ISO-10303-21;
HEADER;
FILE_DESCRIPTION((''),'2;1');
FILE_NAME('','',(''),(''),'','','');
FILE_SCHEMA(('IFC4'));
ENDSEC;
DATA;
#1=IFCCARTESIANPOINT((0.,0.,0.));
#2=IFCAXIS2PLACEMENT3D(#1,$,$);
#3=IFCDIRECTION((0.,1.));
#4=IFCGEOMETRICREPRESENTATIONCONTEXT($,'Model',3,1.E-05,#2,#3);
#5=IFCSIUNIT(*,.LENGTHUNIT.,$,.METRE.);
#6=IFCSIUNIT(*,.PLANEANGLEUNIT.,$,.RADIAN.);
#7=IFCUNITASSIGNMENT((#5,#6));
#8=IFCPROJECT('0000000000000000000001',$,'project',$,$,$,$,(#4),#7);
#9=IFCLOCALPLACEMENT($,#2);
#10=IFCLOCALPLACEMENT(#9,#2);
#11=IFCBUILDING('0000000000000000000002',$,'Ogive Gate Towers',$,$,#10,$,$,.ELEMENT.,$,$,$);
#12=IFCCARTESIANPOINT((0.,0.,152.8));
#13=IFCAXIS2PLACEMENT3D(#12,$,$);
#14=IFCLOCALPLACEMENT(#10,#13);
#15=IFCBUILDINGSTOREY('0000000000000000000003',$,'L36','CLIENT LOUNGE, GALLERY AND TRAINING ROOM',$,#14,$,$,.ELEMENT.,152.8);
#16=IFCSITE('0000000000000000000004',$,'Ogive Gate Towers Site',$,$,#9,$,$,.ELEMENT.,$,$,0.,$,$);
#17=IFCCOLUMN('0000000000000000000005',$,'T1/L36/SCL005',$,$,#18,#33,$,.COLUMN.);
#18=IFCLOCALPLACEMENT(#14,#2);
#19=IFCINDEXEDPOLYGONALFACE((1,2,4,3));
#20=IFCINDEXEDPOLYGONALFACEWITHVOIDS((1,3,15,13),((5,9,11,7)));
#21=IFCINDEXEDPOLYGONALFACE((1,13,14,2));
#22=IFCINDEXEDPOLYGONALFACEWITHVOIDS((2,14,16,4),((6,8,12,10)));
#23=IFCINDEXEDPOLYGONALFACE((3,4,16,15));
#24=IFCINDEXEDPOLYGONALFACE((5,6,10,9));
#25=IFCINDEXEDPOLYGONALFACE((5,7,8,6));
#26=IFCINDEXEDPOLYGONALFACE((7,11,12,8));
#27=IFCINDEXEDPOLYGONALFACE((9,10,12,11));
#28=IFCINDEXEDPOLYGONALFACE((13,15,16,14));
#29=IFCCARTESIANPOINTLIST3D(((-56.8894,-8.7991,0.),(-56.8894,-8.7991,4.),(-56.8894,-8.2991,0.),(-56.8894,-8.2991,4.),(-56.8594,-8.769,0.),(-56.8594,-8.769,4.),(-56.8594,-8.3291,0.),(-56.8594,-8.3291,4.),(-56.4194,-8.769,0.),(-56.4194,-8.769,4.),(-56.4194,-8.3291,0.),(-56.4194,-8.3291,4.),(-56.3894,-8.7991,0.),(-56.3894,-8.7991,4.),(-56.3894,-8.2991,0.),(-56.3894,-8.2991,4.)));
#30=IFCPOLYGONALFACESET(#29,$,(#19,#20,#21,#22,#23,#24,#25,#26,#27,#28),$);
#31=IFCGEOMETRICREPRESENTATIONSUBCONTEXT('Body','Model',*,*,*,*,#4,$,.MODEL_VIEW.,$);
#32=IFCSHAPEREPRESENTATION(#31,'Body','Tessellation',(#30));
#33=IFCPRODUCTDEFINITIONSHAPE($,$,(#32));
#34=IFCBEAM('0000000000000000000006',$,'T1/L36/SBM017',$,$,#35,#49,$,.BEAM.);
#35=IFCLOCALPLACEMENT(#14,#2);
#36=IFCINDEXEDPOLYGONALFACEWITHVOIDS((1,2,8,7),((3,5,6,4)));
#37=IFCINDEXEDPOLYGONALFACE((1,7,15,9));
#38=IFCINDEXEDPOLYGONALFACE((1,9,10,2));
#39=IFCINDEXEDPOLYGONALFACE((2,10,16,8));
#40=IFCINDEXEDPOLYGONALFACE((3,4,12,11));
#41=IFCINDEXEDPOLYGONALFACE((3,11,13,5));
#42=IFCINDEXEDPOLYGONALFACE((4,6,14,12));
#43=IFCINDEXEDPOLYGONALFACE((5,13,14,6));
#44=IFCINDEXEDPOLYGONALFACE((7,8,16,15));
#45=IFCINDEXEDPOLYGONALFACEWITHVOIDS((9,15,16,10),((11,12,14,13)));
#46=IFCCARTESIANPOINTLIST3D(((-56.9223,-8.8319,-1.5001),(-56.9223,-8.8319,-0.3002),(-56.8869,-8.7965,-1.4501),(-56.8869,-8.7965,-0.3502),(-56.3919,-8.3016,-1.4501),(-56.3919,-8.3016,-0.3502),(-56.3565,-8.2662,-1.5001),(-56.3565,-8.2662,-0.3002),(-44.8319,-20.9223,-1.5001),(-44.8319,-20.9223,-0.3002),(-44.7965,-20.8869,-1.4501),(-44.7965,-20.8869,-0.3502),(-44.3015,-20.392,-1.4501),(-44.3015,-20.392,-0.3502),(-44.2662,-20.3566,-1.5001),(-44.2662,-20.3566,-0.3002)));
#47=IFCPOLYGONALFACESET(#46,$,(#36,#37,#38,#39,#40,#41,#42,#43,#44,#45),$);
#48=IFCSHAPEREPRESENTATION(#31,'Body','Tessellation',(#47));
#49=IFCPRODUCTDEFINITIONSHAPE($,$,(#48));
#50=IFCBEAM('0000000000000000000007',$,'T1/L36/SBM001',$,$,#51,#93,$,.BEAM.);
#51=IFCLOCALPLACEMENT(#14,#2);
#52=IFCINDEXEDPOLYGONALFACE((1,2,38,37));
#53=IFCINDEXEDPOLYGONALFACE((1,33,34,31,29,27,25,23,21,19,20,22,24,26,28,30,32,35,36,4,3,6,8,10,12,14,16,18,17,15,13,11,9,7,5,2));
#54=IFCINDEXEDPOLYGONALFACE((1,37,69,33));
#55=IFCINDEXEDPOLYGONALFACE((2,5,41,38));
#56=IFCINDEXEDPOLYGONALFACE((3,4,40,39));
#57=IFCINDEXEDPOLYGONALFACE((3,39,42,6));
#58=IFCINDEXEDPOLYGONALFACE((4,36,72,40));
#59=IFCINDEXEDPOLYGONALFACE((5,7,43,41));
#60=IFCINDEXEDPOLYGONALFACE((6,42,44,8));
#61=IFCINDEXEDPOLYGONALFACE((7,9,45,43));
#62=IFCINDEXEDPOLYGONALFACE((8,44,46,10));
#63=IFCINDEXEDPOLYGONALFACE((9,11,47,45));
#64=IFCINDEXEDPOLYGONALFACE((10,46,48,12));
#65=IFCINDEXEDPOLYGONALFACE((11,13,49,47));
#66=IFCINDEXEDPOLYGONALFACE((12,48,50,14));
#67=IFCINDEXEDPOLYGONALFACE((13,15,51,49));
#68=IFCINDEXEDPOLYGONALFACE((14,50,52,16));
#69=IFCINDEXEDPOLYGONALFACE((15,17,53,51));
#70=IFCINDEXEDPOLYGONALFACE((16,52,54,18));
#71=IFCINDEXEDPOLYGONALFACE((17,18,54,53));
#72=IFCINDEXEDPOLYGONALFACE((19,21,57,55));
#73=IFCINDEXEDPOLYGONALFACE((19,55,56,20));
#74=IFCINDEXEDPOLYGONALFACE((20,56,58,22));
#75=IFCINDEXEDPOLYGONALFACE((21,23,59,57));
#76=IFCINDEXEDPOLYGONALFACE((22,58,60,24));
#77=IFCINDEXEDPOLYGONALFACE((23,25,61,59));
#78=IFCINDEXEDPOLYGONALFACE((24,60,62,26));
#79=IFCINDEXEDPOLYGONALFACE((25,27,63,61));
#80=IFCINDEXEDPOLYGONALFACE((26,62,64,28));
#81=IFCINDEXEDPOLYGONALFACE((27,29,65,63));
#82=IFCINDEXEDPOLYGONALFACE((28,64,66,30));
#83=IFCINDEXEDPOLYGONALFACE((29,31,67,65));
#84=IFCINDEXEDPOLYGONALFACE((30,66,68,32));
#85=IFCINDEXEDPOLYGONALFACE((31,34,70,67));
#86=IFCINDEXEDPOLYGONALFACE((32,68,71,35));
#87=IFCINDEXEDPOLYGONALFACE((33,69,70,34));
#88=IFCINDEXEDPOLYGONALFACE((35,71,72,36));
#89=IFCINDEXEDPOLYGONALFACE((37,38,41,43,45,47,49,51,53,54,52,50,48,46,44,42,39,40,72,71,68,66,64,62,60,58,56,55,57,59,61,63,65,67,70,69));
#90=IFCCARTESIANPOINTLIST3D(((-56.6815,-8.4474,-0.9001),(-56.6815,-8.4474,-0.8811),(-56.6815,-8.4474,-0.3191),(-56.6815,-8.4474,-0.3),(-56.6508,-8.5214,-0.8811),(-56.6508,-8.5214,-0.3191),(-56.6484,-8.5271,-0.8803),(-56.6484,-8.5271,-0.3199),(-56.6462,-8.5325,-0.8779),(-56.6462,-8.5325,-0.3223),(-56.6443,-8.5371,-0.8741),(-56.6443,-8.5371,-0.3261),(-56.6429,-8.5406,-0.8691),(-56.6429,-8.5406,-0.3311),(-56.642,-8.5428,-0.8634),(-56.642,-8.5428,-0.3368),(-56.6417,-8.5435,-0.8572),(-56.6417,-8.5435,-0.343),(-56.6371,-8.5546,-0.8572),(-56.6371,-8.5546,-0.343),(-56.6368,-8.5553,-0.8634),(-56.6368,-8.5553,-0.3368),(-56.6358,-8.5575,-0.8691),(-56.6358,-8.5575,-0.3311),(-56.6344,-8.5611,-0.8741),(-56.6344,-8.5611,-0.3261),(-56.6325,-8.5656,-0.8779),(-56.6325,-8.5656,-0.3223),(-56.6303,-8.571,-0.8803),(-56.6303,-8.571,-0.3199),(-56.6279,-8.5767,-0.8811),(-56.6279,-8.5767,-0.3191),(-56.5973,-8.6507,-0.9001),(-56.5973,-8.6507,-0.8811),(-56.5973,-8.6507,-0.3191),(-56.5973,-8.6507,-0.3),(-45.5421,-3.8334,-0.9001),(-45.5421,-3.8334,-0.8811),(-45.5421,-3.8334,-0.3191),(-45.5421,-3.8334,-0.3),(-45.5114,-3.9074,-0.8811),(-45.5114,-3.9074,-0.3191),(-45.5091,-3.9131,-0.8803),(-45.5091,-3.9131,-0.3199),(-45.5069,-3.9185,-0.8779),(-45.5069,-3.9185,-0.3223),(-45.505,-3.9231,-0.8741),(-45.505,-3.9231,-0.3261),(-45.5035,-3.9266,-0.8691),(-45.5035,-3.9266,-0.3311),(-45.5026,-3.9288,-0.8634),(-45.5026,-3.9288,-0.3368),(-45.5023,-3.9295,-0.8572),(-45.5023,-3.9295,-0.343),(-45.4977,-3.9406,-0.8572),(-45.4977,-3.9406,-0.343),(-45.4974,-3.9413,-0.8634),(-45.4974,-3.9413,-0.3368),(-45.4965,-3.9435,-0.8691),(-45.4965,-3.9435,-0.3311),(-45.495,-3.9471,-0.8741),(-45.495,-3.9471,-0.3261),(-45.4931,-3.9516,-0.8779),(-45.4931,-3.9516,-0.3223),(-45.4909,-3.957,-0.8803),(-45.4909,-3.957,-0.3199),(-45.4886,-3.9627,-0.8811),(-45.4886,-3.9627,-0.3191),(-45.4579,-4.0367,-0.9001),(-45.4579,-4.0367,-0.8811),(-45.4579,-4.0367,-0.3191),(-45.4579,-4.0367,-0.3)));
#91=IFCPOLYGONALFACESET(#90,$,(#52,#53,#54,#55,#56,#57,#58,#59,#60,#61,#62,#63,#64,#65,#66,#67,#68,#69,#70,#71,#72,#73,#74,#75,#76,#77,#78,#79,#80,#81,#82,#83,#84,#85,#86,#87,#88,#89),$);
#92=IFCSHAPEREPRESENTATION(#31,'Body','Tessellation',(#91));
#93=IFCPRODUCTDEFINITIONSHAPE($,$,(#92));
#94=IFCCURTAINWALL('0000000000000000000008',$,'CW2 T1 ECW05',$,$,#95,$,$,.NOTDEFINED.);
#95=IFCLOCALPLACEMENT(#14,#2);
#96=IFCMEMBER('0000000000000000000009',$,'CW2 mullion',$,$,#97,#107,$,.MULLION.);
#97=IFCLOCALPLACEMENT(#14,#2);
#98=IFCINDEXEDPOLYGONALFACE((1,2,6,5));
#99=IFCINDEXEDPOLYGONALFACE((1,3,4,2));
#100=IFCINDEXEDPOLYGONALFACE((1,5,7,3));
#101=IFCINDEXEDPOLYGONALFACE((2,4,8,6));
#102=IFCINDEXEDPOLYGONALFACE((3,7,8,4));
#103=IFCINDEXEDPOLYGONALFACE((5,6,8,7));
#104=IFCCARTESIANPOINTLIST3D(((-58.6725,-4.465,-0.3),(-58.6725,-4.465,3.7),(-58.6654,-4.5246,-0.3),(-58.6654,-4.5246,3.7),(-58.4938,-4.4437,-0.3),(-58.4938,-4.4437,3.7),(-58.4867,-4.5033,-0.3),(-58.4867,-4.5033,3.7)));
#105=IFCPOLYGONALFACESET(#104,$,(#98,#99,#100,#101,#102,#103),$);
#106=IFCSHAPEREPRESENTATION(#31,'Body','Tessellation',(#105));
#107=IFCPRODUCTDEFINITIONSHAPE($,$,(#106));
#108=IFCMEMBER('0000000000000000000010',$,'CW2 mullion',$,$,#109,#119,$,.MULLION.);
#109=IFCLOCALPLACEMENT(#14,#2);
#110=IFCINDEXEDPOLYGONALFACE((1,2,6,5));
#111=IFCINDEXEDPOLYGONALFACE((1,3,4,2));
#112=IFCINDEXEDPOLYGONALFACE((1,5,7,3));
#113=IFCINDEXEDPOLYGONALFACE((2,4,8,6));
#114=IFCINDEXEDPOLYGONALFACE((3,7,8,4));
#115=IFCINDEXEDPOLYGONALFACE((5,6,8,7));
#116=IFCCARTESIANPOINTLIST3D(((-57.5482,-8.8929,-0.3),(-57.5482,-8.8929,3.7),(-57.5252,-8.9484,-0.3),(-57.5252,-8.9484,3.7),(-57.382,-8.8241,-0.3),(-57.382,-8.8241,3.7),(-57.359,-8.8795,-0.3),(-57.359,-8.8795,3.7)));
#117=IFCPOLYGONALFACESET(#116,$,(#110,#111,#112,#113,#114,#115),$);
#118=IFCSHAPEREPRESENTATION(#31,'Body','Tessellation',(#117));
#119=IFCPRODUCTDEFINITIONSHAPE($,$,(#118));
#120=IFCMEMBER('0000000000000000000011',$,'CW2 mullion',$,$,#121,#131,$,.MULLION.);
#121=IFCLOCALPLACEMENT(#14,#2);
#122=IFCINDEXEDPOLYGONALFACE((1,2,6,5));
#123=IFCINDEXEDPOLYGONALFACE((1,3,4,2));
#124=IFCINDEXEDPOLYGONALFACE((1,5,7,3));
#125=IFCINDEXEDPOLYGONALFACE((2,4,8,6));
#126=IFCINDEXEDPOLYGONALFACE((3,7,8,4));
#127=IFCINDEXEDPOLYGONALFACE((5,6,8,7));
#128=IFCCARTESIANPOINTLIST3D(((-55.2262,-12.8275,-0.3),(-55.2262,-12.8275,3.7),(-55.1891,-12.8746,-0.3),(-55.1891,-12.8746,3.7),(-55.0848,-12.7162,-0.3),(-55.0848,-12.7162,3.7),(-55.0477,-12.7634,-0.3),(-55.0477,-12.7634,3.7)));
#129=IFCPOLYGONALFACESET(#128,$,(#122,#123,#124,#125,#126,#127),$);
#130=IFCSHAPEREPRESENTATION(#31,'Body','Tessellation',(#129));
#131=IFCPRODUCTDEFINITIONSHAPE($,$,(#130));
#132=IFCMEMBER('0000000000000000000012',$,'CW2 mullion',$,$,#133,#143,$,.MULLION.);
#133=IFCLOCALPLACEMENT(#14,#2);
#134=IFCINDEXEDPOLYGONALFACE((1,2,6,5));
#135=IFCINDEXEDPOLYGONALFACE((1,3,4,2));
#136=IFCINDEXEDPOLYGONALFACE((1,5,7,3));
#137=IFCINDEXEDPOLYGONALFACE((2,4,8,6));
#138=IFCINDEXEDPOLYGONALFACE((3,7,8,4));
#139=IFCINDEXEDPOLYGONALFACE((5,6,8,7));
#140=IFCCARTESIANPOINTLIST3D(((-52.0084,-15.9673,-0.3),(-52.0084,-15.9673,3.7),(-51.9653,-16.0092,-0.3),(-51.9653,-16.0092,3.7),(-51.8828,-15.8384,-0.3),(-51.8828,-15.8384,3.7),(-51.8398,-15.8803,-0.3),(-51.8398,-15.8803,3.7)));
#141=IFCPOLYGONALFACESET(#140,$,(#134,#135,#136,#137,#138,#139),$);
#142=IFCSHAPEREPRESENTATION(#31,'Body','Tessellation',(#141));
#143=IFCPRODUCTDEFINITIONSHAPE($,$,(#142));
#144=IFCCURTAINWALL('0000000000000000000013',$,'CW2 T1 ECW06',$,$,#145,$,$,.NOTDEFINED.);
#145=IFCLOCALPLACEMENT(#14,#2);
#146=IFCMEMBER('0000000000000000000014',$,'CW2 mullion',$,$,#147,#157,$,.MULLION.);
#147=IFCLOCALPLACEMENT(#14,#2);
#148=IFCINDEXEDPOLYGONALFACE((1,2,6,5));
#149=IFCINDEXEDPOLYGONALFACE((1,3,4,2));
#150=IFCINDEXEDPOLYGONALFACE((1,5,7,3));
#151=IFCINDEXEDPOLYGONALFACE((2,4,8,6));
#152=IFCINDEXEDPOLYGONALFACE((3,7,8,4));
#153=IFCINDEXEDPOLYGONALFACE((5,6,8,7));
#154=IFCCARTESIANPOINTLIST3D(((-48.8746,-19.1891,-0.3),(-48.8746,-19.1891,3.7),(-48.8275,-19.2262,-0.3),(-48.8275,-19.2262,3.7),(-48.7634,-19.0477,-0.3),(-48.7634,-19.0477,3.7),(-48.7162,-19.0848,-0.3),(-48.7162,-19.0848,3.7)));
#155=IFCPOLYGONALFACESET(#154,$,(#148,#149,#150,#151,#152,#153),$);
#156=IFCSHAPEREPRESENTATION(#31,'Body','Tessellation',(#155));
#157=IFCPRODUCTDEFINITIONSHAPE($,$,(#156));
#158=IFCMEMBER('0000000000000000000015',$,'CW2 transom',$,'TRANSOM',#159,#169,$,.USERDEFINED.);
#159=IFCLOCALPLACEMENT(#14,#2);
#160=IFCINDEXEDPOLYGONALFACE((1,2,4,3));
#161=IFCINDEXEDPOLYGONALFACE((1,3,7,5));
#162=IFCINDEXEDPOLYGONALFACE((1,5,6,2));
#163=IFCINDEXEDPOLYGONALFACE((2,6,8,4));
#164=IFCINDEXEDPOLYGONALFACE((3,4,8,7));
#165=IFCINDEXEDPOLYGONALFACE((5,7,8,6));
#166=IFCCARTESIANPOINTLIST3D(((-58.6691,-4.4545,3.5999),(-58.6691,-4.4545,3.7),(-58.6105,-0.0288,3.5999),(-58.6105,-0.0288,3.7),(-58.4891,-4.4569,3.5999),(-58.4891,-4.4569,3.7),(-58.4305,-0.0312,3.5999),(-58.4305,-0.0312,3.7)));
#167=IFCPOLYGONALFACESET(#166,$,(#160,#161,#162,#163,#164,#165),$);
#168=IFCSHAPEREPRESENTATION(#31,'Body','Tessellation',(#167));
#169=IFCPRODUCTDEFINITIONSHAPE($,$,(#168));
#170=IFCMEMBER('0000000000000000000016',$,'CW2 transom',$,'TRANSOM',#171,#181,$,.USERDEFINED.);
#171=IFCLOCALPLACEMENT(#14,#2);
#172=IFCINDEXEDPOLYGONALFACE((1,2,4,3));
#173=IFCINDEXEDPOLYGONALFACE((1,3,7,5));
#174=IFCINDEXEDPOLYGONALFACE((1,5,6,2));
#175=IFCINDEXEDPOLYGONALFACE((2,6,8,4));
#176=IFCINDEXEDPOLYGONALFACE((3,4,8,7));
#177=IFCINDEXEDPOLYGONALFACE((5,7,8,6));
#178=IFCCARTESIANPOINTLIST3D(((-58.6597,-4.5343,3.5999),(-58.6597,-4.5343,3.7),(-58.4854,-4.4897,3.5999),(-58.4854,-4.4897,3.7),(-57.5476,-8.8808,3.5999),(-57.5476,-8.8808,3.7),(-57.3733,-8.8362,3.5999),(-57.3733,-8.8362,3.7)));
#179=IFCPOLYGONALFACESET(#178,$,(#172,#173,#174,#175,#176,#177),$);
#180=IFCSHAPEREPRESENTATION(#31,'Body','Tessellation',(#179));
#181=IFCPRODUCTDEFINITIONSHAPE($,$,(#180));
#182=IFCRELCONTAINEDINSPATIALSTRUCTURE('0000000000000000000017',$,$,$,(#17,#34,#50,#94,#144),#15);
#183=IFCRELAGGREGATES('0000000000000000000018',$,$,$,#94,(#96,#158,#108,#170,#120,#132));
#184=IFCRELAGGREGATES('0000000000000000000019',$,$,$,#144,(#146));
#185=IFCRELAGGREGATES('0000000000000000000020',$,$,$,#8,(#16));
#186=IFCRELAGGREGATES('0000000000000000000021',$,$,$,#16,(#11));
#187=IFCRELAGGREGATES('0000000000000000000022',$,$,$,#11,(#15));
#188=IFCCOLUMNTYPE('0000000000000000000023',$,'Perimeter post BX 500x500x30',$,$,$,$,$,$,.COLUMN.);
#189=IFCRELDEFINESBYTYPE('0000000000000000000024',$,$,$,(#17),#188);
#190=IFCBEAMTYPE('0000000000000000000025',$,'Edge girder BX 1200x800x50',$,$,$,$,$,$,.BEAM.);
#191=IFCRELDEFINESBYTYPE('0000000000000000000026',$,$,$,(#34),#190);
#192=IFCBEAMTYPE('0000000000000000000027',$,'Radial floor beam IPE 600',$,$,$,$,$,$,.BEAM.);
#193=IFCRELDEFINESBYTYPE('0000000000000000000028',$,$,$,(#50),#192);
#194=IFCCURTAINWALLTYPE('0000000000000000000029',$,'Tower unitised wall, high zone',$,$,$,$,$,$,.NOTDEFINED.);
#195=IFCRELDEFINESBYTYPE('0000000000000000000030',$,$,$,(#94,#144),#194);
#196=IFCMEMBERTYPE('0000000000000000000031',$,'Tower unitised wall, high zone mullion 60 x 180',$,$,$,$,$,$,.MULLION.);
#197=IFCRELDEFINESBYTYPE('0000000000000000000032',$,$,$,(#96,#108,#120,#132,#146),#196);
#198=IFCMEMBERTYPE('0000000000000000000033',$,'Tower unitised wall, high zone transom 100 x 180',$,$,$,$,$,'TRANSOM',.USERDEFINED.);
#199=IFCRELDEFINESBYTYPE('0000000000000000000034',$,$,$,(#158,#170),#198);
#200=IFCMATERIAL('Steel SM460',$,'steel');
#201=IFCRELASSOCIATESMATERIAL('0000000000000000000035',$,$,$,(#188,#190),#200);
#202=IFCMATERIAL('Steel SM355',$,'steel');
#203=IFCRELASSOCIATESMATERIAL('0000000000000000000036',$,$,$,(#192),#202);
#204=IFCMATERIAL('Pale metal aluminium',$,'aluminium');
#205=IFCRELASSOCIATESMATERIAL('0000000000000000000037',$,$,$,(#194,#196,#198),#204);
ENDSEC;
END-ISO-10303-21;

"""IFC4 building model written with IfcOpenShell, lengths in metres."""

from ifc_helpers import new_model, si_unit, direction, frame, origin, origin_2d, place, context, subcontext, project, spatial, rectangle, hollow_rectangle, i_section, extrude, material, material_profile, profile_set, type_object, element, aggregate, save


model = new_model("IFC4")

# Units and contexts
model_context = context("Model", 3, precision=1e-05, world=origin(), true_north=direction((0.0, 1.0)))
body_context = subcontext(model_context, "Body", "Model", "MODEL_VIEW")
ifc_project = project(units=[si_unit("LENGTHUNIT", "METRE"), si_unit("PLANEANGLEUNIT", "RADIAN")], contexts=[model_context])

# Site, building, storey
site_placement = place(None, origin())
site = spatial("IfcSite", under=ifc_project, at=site_placement, Name="Ogive Gate Towers Site", CompositionType="ELEMENT", RefElevation=0.0)
building_placement = place(site_placement, origin())
building = spatial("IfcBuilding", under=site, at=building_placement, Name="Ogive Gate Towers", CompositionType="ELEMENT")
storey_placement = place(building_placement, frame((0.0, 0.0, 152.8)))
storey = spatial("IfcBuildingStorey", under=building, at=storey_placement, Name="L36", Description="CLIENT LOUNGE, GALLERY AND TRAINING ROOM", CompositionType="ELEMENT", Elevation=152.8)

# Column
ifc_material_1 = material(Name="Steel SM460", Category="steel")
ifc_material_profile_1 = material_profile(ifc_material_1, hollow_rectangle(XDim=0.5, YDim=0.5, WallThickness=0.03, at=origin_2d()), Name="BX 500x500x30")
ifc_profile_set_1 = profile_set([ifc_material_profile_1], Name="Steel SM460")
column_type = type_object("IfcColumnType", Name="Perimeter post BX 500x500x30", PredefinedType="COLUMN", material=ifc_profile_set_1)
column_placement = place(storey_placement, frame((-56.6394, -8.5491, 0.0), z_axis=(0.0, 0.0, 1.0), x_axis=(1.0, 0.0, 0.0)))
element("IfcColumn", 1, at=column_placement, inside=storey, type_object=column_type, Name="T1/L36/SCL005", PredefinedType="COLUMN", context=body_context, shape_type="SweptSolid", body=[
    extrude(hollow_rectangle(XDim=0.5, YDim=0.5, WallThickness=0.03, at=origin_2d()), origin(), (0.0, 0.0, 1.0), 4.0),
])

# Beams
ifc_material_profile_2 = material_profile(ifc_material_1, hollow_rectangle(XDim=0.8, YDim=1.2, WallThickness=0.05, at=origin_2d()), Name="BX 1200x800x50")
ifc_profile_set_2 = profile_set([ifc_material_profile_2], Name="Steel SM460")
beam_type_1 = type_object("IfcBeamType", Name="Edge girder BX 1200x800x50", PredefinedType="BEAM", material=ifc_profile_set_2)
beam_1_placement = place(storey_placement, frame((-56.6394, -8.5491, -0.9001), z_axis=(0.707107, -0.707107, 0.0), x_axis=(0.707107, 0.707107, 0.0)))
element("IfcBeam", 2, at=beam_1_placement, inside=storey, type_object=beam_type_1, Name="T1/L36/SBM017", PredefinedType="BEAM", context=body_context, shape_type="SweptSolid", body=[
    extrude(hollow_rectangle(XDim=0.8, YDim=1.2, WallThickness=0.05, at=origin_2d()), origin(), (0.0, 0.0, 1.0), 17.0984),
])
ifc_material_2 = material(Name="Steel SM355", Category="steel")
ifc_material_profile_3 = material_profile(ifc_material_2, i_section(OverallWidth=0.22, OverallDepth=0.6001, WebThickness=0.012, FlangeThickness=0.019, FilletRadius=0.0239, at=origin_2d()), Name="IPE 600")
ifc_profile_set_3 = profile_set([ifc_material_profile_3], Name="Steel SM355")
beam_type_2 = type_object("IfcBeamType", Name="Radial floor beam IPE 600", PredefinedType="BEAM", material=ifc_profile_set_3)
beam_2_placement = place(storey_placement, frame((-45.5, -3.9351, -0.6001), z_axis=(-0.923882, -0.382678, 0.0), x_axis=(0.382678, -0.923882, 0.0)))
element("IfcBeam", 3, at=beam_2_placement, inside=storey, type_object=beam_type_2, Name="T1/L36/SBM001", PredefinedType="BEAM", context=body_context, shape_type="SweptSolid", body=[
    extrude(i_section(OverallWidth=0.22, OverallDepth=0.6001, WebThickness=0.012, FlangeThickness=0.019, FilletRadius=0.0239, at=origin_2d()), origin(), (0.0, 0.0, 1.0), 12.0571),
])

# Curtain wall, members
ifc_material_3 = material(Name="Pale metal aluminium", Category="aluminium")
curtain_wall_type = type_object("IfcCurtainWallType", Name="Tower unitised wall, high zone", PredefinedType="NOTDEFINED", material=ifc_material_3)
curtain_wall_1_placement = place(storey_placement, origin())
curtain_wall_1 = element("IfcCurtainWall", 4, at=curtain_wall_1_placement, inside=storey, type_object=curtain_wall_type, Name="CW2 T1 ECW05", PredefinedType="NOTDEFINED")
ifc_material_profile_4 = material_profile(ifc_material_3, rectangle(XDim=0.1799, YDim=0.0601, at=origin_2d()), Name="60 x 180 aluminium box")
ifc_profile_set_4 = profile_set([ifc_material_profile_4], Name="Pale metal aluminium")
member_type_1 = type_object("IfcMemberType", Name="Tower unitised wall, high zone mullion 60 x 180", PredefinedType="MULLION", material=ifc_profile_set_4)
member_1_placement = place(storey_placement, frame((-58.5796, -4.4841, -0.3), z_axis=(0.0, 0.0, 1.0), x_axis=(-0.992976, -0.118317, 0.0)))
member_1 = element("IfcMember", 5, at=member_1_placement, type_object=member_type_1, Name="CW2 mullion", PredefinedType="MULLION", context=body_context, shape_type="SweptSolid", body=[
    extrude(rectangle(XDim=0.1799, YDim=0.0601, at=origin_2d()), origin(), (0.0, 0.0, 1.0), 4.0),
])
member_2_placement = place(storey_placement, frame((-57.4536, -8.8862, -0.3), z_axis=(0.0, 0.0, 1.0), x_axis=(-0.92388, -0.382683, 0.0)))
member_2 = element("IfcMember", 6, at=member_2_placement, type_object=member_type_1, Name="CW2 mullion", PredefinedType="MULLION", context=body_context, shape_type="SweptSolid", body=[
    extrude(rectangle(XDim=0.1799, YDim=0.0601, at=origin_2d()), origin(), (0.0, 0.0, 1.0), 4.0),
])
member_3_placement = place(storey_placement, frame((-55.137, -12.7954, -0.3), z_axis=(0.0, 0.0, 1.0), x_axis=(-0.785803, -0.618477, 0.0)))
member_3 = element("IfcMember", 7, at=member_3_placement, type_object=member_type_1, Name="CW2 mullion", PredefinedType="MULLION", context=body_context, shape_type="SweptSolid", body=[
    extrude(rectangle(XDim=0.1799, YDim=0.0601, at=origin_2d()), origin(), (0.0, 0.0, 1.0), 4.0),
])
member_4_placement = place(storey_placement, frame((-51.9241, -15.9238, -0.3), z_axis=(0.0, 0.0, 1.0), x_axis=(-0.697653, -0.716436, 0.0)))
member_4 = element("IfcMember", 8, at=member_4_placement, type_object=member_type_1, Name="CW2 mullion", PredefinedType="MULLION", context=body_context, shape_type="SweptSolid", body=[
    extrude(rectangle(XDim=0.1799, YDim=0.0601, at=origin_2d()), origin(), (0.0, 0.0, 1.0), 4.0),
])

# Curtain wall, member
curtain_wall_2_placement = place(storey_placement, origin())
curtain_wall_2 = element("IfcCurtainWall", 9, at=curtain_wall_2_placement, inside=storey, type_object=curtain_wall_type, Name="CW2 T1 ECW06", PredefinedType="NOTDEFINED")
member_5_placement = place(storey_placement, frame((-48.7954, -19.137, -0.3), z_axis=(0.0, 0.0, 1.0), x_axis=(-0.618477, -0.785803, 0.0)))
member_5 = element("IfcMember", 10, at=member_5_placement, type_object=member_type_1, Name="CW2 mullion", PredefinedType="MULLION", context=body_context, shape_type="SweptSolid", body=[
    extrude(rectangle(XDim=0.1799, YDim=0.0601, at=origin_2d()), origin(), (0.0, 0.0, 1.0), 4.0),
])

# Members
ifc_material_profile_5 = material_profile(ifc_material_3, rectangle(XDim=0.1799, YDim=0.1001, at=origin_2d()), Name="100 x 180 aluminium box")
ifc_profile_set_5 = profile_set([ifc_material_profile_5], Name="Pale metal aluminium")
member_type_2 = type_object("IfcMemberType", Name="Tower unitised wall, high zone transom 100 x 180", ElementType="TRANSOM", PredefinedType="USERDEFINED", material=ifc_profile_set_5)
member_6_placement = place(storey_placement, frame((-58.5205, -0.03, 3.6499), z_axis=(-0.013239, -0.999912, 0.0), x_axis=(0.999912, -0.013239, 0.0)))
member_6 = element("IfcMember", 11, at=member_6_placement, type_object=member_type_2, Name="CW2 transom", ObjectType="TRANSOM", PredefinedType="USERDEFINED", context=body_context, shape_type="SweptSolid", body=[
    extrude(rectangle(XDim=0.1799, YDim=0.1001, at=origin_2d()), origin(), (0.0, 0.0, 1.0), 4.426),
])
member_7_placement = place(storey_placement, frame((-58.5725, -4.512, 3.6499), z_axis=(0.247858, -0.968796, 0.0), x_axis=(0.968796, 0.247858, 0.0)))
member_7 = element("IfcMember", 12, at=member_7_placement, type_object=member_type_2, Name="CW2 transom", ObjectType="TRANSOM", PredefinedType="USERDEFINED", context=body_context, shape_type="SweptSolid", body=[
    extrude(rectangle(XDim=0.1799, YDim=0.1001, at=origin_2d()), origin(), (0.0, 0.0, 1.0), 4.4866),
])

aggregate(curtain_wall_1, [member_1, member_6, member_2, member_7, member_3, member_4])
aggregate(curtain_wall_2, [member_5])

save(model, "model.ifc")
